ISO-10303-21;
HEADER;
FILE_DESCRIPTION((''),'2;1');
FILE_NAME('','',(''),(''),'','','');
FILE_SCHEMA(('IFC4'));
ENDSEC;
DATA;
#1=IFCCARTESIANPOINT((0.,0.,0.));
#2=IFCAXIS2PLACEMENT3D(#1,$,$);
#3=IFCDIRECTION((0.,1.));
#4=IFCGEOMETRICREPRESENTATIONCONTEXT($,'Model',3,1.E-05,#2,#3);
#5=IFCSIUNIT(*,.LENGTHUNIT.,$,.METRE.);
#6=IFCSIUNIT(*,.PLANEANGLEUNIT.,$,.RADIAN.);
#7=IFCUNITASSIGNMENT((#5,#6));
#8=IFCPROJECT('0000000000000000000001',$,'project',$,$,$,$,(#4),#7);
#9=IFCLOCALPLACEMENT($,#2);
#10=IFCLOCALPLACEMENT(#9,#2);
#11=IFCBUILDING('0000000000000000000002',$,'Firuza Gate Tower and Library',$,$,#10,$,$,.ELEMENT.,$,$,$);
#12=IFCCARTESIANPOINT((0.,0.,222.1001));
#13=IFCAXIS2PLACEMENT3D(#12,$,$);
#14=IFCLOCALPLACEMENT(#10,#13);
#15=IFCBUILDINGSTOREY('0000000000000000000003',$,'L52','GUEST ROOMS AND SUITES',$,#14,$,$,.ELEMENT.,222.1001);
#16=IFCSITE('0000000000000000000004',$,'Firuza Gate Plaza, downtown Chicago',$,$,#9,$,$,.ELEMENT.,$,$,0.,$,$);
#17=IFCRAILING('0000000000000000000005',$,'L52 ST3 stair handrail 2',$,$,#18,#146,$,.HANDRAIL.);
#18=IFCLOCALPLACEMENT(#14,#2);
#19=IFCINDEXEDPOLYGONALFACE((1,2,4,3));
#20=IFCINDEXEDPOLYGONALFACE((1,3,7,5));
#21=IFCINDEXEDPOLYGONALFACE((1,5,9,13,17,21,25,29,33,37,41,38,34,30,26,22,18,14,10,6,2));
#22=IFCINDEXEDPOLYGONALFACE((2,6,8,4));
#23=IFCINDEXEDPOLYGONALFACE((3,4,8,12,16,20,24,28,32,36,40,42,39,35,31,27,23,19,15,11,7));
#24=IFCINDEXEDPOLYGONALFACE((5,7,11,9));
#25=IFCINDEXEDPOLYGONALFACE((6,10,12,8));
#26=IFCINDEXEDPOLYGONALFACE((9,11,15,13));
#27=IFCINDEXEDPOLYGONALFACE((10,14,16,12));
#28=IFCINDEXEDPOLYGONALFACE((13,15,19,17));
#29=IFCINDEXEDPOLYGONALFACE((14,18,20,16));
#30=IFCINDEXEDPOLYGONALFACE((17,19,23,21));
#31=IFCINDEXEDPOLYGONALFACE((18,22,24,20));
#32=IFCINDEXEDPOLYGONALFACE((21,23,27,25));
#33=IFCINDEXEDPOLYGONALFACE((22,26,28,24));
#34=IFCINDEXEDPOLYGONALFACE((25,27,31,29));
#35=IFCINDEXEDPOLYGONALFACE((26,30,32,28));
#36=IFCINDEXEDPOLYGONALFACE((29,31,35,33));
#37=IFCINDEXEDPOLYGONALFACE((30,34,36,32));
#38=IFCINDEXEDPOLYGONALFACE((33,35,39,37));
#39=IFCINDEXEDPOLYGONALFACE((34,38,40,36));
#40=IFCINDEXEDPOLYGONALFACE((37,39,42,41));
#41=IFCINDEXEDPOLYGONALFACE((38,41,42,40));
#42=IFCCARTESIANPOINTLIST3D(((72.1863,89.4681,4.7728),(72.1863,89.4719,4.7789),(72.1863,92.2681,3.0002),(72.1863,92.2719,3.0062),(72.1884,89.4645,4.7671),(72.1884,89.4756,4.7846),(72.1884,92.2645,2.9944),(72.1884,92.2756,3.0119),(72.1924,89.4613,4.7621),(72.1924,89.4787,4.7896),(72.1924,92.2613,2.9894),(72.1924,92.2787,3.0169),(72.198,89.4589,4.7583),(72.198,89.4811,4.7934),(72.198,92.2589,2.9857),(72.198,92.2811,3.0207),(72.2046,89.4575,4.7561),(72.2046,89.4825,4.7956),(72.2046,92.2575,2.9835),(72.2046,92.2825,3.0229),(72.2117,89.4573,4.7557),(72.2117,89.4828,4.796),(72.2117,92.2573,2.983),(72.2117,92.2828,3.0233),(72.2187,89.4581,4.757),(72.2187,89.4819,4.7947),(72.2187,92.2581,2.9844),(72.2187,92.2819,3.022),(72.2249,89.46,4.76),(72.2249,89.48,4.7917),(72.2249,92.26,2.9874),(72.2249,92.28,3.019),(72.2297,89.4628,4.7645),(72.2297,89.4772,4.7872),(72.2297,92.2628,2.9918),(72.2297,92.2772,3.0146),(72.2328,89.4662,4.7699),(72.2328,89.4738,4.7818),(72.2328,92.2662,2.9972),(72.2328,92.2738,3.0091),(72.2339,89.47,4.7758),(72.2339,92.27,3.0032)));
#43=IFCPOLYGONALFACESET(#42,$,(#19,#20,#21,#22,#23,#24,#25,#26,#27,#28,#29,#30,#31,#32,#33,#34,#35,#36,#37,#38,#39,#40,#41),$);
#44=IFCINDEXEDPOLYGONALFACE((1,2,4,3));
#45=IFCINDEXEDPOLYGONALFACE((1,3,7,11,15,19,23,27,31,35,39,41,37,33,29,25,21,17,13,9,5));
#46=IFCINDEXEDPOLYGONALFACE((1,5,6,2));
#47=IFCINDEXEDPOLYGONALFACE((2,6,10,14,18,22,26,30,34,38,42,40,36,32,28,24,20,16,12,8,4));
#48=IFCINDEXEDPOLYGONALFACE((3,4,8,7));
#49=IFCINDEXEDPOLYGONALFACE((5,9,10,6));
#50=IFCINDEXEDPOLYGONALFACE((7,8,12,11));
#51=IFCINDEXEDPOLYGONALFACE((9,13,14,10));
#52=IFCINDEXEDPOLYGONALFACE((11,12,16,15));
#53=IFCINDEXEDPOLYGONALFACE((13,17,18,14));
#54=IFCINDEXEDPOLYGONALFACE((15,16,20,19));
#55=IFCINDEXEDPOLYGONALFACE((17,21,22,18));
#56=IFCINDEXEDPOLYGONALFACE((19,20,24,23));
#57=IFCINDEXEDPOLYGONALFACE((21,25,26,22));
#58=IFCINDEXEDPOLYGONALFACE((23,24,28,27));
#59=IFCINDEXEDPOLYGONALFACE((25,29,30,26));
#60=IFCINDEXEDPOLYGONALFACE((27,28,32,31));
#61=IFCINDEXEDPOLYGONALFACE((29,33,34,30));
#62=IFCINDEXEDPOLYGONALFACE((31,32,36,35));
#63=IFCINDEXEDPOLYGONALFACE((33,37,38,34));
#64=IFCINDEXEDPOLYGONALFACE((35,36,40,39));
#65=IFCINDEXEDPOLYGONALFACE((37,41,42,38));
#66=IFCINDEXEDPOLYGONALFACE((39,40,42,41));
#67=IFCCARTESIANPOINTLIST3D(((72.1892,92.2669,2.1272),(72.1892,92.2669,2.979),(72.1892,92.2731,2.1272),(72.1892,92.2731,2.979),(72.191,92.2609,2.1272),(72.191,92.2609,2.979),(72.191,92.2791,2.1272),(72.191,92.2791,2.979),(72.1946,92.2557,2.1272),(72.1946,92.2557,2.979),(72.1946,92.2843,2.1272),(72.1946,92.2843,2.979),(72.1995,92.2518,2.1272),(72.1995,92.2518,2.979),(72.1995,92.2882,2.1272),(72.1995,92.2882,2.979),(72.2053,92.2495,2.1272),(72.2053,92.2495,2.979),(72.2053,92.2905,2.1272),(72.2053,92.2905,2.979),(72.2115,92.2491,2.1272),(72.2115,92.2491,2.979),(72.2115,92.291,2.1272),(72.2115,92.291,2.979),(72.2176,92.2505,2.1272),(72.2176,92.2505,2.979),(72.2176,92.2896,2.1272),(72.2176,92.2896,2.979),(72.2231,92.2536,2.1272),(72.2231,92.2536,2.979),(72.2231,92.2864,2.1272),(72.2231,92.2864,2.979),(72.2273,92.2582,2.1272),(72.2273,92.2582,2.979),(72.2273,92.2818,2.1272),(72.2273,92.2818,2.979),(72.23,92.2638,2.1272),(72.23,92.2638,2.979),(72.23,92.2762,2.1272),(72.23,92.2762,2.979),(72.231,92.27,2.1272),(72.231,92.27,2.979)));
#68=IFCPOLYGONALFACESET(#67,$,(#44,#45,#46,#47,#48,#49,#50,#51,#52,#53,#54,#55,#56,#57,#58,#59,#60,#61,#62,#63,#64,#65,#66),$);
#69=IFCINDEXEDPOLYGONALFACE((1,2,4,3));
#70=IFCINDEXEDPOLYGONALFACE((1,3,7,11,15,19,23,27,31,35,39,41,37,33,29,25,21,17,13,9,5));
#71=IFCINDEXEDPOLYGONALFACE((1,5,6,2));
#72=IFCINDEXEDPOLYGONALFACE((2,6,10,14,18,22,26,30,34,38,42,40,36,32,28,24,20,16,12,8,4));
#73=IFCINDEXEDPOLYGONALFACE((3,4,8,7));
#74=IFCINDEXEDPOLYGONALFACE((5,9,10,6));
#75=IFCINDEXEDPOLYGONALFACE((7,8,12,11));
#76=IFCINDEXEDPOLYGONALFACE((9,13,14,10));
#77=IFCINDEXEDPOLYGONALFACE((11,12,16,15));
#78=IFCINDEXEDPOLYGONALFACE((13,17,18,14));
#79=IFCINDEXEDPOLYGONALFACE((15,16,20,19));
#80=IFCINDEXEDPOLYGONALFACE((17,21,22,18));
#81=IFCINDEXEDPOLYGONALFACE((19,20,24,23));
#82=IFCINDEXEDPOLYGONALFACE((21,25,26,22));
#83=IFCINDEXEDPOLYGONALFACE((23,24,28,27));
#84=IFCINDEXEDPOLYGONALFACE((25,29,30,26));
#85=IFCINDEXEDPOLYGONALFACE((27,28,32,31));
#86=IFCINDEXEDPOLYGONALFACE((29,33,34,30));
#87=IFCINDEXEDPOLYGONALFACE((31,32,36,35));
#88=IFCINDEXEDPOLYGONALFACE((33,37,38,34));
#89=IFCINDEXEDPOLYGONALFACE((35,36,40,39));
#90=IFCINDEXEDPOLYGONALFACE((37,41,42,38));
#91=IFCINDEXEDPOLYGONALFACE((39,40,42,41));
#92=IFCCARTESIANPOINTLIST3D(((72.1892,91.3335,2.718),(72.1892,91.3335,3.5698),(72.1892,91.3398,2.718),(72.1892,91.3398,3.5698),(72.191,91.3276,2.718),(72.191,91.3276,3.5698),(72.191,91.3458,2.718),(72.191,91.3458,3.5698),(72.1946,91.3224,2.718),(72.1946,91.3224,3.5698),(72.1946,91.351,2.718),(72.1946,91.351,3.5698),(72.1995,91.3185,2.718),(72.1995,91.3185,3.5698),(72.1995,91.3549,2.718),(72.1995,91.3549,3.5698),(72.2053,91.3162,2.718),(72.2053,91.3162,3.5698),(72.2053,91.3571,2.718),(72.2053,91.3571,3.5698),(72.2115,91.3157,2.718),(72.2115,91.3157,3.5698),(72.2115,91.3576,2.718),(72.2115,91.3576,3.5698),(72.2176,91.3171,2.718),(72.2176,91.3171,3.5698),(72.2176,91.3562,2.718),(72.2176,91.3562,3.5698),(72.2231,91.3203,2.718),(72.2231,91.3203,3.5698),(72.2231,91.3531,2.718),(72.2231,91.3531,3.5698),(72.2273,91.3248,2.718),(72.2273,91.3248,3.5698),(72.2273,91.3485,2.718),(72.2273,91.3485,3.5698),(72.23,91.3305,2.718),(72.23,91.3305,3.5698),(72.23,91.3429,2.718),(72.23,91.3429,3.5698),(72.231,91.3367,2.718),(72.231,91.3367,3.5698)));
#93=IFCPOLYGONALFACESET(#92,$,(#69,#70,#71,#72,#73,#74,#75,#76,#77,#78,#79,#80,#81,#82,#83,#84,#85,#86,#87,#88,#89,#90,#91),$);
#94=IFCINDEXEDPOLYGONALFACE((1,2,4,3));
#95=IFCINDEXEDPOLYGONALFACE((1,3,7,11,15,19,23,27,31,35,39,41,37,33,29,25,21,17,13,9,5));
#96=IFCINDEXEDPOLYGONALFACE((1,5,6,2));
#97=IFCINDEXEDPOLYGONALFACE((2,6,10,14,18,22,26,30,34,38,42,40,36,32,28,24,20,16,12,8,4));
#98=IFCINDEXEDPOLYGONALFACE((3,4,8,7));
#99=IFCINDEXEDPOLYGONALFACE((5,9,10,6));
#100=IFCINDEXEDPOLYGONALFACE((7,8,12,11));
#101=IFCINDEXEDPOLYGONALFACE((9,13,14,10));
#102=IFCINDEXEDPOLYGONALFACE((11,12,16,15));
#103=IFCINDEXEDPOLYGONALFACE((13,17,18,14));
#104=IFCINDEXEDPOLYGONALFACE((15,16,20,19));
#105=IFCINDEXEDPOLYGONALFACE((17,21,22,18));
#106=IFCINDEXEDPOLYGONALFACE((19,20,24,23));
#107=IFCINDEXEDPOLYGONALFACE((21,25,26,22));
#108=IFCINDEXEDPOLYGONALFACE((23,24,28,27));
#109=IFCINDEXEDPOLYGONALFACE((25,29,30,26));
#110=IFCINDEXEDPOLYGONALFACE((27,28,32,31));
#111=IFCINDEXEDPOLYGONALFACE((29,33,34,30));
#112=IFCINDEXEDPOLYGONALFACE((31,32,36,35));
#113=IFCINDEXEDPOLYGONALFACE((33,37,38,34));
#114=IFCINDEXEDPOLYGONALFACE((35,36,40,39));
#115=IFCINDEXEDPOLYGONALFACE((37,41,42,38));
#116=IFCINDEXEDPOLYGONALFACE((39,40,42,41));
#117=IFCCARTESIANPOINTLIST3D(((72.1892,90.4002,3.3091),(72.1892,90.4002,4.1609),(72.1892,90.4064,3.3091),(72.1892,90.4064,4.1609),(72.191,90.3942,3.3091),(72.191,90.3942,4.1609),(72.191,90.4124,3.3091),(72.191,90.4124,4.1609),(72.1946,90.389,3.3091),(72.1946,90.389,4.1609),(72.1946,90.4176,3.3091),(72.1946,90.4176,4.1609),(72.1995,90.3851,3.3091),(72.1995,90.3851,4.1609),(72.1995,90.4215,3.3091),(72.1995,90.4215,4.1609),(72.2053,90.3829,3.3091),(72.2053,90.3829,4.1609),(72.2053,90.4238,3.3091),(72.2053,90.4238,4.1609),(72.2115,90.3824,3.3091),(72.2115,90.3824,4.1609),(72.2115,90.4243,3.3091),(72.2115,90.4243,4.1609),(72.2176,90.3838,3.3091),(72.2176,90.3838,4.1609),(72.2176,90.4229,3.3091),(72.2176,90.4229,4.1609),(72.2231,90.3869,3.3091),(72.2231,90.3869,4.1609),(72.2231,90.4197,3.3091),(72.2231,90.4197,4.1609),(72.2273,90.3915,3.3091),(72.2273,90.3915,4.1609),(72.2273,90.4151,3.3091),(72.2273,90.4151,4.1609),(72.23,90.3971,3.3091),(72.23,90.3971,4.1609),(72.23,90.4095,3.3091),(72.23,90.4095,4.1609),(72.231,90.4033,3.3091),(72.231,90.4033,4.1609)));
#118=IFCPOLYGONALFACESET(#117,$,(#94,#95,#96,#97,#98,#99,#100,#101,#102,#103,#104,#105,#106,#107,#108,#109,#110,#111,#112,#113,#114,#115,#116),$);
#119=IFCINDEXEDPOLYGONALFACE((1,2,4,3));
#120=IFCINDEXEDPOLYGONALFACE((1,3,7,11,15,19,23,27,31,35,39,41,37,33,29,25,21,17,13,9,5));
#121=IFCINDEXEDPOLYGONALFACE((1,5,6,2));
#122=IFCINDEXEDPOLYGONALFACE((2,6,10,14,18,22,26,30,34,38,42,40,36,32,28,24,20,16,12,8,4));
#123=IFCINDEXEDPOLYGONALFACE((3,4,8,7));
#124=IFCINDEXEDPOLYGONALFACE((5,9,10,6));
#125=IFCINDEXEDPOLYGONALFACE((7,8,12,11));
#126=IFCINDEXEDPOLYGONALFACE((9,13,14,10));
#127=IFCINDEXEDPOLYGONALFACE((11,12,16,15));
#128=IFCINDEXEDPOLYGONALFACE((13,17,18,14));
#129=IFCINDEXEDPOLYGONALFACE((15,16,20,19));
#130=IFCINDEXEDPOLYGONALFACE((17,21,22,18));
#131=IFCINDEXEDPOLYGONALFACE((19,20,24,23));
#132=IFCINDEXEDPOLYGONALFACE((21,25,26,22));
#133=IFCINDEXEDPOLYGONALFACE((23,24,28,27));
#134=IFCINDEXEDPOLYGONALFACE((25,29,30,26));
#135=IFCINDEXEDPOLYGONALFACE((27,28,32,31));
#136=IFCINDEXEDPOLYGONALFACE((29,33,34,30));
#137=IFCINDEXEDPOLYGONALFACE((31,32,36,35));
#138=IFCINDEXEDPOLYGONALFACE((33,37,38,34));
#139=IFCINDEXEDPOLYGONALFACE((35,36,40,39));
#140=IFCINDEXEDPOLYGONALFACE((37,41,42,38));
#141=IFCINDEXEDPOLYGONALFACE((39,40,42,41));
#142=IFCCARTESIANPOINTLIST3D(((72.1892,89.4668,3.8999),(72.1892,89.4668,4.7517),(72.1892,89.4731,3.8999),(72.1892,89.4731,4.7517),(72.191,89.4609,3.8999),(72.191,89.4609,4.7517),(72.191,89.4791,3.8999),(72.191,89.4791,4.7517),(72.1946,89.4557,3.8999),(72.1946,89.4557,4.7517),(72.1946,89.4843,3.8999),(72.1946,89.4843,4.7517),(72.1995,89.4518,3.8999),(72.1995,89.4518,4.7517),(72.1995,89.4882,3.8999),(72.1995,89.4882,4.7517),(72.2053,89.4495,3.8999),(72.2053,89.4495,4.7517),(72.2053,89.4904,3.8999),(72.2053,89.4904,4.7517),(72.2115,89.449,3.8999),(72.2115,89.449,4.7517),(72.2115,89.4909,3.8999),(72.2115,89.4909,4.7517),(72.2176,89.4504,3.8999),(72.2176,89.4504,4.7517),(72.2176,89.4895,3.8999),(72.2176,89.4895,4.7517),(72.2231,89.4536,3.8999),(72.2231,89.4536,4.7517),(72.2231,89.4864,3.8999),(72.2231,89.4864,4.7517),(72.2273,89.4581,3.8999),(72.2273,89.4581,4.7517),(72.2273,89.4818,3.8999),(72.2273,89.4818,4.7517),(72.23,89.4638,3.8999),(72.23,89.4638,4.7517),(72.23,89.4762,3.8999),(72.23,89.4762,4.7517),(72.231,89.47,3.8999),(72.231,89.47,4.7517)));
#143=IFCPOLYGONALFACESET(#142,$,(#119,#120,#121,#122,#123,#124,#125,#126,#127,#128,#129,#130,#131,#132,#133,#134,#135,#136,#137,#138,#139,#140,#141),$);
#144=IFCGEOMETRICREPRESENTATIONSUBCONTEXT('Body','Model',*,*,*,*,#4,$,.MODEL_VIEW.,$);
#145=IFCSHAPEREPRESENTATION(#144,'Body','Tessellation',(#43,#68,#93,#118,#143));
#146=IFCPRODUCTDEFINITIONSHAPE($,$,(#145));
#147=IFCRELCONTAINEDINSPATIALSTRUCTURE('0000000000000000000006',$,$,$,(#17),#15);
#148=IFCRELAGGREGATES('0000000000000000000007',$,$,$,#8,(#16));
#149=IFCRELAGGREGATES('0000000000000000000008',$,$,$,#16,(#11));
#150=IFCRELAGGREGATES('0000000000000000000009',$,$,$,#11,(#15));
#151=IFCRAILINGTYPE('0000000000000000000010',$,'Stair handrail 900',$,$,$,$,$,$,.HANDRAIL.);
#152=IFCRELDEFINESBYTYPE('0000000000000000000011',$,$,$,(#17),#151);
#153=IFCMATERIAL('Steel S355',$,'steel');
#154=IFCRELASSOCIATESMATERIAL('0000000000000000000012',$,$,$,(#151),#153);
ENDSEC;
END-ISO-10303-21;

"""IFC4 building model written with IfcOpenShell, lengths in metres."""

from ifc_helpers import new_model, si_unit, direction, frame, origin, origin_2d, place, context, subcontext, project, spatial, circle, extrude, material, type_object, element, save


model = new_model("IFC4")

# Units and contexts
model_context = context("Model", 3, precision=1e-05, world=origin(), true_north=direction((0.0, 1.0)))
body_context = subcontext(model_context, "Body", "Model", "MODEL_VIEW")
ifc_project = project(units=[si_unit("LENGTHUNIT", "METRE"), si_unit("PLANEANGLEUNIT", "RADIAN")], contexts=[model_context])

# Site, building, storey
site_placement = place(None, origin())
site = spatial("IfcSite", under=ifc_project, at=site_placement, Name="Firuza Gate Plaza, downtown Chicago", CompositionType="ELEMENT", RefElevation=0.0)
building_placement = place(site_placement, origin())
building = spatial("IfcBuilding", under=site, at=building_placement, Name="Firuza Gate Tower and Library", CompositionType="ELEMENT")
storey_placement = place(building_placement, frame((0.0, 0.0, 222.1001)))
storey = spatial("IfcBuildingStorey", under=building, at=storey_placement, Name="L52", Description="GUEST ROOMS AND SUITES", CompositionType="ELEMENT", Elevation=222.1001)

# Railing
ifc_material_1 = material(Name="Steel S355", Category="steel")
railing_type_1 = type_object("IfcRailingType", Name="Stair handrail 900", PredefinedType="HANDRAIL", material=ifc_material_1)
railing_1_placement = place(storey_placement, frame((72.21, 92.27, 2.1272)))
element("IfcRailing", 1, at=railing_1_placement, inside=storey, type_object=railing_type_1, Name="L52 ST3 stair handrail 2", PredefinedType="HANDRAIL", context=body_context, shape_type="SweptSolid", body=[
    extrude(circle(Radius=0.0239, at=origin_2d()), frame((0.0, 0.0, 0.876), z_axis=(0.0, -0.844909, 0.53491), x_axis=(1.0, 0.0, 0.0)), (0.0, 0.0, 1.0), 3.314),
    extrude(circle(Radius=0.021, at=origin_2d()), origin(), (0.0, 0.0, 1.0), 0.8518),
    extrude(circle(Radius=0.021, at=origin_2d()), frame((0.0, -0.9333, 0.5908)), (0.0, 0.0, 1.0), 0.8518),
    extrude(circle(Radius=0.021, at=origin_2d()), frame((0.0, -1.8667, 1.1819)), (0.0, 0.0, 1.0), 0.8518),
    extrude(circle(Radius=0.021, at=origin_2d()), frame((0.0, -2.8, 1.7727)), (0.0, 0.0, 1.0), 0.8518),
])

save(model, "model.ifc")
